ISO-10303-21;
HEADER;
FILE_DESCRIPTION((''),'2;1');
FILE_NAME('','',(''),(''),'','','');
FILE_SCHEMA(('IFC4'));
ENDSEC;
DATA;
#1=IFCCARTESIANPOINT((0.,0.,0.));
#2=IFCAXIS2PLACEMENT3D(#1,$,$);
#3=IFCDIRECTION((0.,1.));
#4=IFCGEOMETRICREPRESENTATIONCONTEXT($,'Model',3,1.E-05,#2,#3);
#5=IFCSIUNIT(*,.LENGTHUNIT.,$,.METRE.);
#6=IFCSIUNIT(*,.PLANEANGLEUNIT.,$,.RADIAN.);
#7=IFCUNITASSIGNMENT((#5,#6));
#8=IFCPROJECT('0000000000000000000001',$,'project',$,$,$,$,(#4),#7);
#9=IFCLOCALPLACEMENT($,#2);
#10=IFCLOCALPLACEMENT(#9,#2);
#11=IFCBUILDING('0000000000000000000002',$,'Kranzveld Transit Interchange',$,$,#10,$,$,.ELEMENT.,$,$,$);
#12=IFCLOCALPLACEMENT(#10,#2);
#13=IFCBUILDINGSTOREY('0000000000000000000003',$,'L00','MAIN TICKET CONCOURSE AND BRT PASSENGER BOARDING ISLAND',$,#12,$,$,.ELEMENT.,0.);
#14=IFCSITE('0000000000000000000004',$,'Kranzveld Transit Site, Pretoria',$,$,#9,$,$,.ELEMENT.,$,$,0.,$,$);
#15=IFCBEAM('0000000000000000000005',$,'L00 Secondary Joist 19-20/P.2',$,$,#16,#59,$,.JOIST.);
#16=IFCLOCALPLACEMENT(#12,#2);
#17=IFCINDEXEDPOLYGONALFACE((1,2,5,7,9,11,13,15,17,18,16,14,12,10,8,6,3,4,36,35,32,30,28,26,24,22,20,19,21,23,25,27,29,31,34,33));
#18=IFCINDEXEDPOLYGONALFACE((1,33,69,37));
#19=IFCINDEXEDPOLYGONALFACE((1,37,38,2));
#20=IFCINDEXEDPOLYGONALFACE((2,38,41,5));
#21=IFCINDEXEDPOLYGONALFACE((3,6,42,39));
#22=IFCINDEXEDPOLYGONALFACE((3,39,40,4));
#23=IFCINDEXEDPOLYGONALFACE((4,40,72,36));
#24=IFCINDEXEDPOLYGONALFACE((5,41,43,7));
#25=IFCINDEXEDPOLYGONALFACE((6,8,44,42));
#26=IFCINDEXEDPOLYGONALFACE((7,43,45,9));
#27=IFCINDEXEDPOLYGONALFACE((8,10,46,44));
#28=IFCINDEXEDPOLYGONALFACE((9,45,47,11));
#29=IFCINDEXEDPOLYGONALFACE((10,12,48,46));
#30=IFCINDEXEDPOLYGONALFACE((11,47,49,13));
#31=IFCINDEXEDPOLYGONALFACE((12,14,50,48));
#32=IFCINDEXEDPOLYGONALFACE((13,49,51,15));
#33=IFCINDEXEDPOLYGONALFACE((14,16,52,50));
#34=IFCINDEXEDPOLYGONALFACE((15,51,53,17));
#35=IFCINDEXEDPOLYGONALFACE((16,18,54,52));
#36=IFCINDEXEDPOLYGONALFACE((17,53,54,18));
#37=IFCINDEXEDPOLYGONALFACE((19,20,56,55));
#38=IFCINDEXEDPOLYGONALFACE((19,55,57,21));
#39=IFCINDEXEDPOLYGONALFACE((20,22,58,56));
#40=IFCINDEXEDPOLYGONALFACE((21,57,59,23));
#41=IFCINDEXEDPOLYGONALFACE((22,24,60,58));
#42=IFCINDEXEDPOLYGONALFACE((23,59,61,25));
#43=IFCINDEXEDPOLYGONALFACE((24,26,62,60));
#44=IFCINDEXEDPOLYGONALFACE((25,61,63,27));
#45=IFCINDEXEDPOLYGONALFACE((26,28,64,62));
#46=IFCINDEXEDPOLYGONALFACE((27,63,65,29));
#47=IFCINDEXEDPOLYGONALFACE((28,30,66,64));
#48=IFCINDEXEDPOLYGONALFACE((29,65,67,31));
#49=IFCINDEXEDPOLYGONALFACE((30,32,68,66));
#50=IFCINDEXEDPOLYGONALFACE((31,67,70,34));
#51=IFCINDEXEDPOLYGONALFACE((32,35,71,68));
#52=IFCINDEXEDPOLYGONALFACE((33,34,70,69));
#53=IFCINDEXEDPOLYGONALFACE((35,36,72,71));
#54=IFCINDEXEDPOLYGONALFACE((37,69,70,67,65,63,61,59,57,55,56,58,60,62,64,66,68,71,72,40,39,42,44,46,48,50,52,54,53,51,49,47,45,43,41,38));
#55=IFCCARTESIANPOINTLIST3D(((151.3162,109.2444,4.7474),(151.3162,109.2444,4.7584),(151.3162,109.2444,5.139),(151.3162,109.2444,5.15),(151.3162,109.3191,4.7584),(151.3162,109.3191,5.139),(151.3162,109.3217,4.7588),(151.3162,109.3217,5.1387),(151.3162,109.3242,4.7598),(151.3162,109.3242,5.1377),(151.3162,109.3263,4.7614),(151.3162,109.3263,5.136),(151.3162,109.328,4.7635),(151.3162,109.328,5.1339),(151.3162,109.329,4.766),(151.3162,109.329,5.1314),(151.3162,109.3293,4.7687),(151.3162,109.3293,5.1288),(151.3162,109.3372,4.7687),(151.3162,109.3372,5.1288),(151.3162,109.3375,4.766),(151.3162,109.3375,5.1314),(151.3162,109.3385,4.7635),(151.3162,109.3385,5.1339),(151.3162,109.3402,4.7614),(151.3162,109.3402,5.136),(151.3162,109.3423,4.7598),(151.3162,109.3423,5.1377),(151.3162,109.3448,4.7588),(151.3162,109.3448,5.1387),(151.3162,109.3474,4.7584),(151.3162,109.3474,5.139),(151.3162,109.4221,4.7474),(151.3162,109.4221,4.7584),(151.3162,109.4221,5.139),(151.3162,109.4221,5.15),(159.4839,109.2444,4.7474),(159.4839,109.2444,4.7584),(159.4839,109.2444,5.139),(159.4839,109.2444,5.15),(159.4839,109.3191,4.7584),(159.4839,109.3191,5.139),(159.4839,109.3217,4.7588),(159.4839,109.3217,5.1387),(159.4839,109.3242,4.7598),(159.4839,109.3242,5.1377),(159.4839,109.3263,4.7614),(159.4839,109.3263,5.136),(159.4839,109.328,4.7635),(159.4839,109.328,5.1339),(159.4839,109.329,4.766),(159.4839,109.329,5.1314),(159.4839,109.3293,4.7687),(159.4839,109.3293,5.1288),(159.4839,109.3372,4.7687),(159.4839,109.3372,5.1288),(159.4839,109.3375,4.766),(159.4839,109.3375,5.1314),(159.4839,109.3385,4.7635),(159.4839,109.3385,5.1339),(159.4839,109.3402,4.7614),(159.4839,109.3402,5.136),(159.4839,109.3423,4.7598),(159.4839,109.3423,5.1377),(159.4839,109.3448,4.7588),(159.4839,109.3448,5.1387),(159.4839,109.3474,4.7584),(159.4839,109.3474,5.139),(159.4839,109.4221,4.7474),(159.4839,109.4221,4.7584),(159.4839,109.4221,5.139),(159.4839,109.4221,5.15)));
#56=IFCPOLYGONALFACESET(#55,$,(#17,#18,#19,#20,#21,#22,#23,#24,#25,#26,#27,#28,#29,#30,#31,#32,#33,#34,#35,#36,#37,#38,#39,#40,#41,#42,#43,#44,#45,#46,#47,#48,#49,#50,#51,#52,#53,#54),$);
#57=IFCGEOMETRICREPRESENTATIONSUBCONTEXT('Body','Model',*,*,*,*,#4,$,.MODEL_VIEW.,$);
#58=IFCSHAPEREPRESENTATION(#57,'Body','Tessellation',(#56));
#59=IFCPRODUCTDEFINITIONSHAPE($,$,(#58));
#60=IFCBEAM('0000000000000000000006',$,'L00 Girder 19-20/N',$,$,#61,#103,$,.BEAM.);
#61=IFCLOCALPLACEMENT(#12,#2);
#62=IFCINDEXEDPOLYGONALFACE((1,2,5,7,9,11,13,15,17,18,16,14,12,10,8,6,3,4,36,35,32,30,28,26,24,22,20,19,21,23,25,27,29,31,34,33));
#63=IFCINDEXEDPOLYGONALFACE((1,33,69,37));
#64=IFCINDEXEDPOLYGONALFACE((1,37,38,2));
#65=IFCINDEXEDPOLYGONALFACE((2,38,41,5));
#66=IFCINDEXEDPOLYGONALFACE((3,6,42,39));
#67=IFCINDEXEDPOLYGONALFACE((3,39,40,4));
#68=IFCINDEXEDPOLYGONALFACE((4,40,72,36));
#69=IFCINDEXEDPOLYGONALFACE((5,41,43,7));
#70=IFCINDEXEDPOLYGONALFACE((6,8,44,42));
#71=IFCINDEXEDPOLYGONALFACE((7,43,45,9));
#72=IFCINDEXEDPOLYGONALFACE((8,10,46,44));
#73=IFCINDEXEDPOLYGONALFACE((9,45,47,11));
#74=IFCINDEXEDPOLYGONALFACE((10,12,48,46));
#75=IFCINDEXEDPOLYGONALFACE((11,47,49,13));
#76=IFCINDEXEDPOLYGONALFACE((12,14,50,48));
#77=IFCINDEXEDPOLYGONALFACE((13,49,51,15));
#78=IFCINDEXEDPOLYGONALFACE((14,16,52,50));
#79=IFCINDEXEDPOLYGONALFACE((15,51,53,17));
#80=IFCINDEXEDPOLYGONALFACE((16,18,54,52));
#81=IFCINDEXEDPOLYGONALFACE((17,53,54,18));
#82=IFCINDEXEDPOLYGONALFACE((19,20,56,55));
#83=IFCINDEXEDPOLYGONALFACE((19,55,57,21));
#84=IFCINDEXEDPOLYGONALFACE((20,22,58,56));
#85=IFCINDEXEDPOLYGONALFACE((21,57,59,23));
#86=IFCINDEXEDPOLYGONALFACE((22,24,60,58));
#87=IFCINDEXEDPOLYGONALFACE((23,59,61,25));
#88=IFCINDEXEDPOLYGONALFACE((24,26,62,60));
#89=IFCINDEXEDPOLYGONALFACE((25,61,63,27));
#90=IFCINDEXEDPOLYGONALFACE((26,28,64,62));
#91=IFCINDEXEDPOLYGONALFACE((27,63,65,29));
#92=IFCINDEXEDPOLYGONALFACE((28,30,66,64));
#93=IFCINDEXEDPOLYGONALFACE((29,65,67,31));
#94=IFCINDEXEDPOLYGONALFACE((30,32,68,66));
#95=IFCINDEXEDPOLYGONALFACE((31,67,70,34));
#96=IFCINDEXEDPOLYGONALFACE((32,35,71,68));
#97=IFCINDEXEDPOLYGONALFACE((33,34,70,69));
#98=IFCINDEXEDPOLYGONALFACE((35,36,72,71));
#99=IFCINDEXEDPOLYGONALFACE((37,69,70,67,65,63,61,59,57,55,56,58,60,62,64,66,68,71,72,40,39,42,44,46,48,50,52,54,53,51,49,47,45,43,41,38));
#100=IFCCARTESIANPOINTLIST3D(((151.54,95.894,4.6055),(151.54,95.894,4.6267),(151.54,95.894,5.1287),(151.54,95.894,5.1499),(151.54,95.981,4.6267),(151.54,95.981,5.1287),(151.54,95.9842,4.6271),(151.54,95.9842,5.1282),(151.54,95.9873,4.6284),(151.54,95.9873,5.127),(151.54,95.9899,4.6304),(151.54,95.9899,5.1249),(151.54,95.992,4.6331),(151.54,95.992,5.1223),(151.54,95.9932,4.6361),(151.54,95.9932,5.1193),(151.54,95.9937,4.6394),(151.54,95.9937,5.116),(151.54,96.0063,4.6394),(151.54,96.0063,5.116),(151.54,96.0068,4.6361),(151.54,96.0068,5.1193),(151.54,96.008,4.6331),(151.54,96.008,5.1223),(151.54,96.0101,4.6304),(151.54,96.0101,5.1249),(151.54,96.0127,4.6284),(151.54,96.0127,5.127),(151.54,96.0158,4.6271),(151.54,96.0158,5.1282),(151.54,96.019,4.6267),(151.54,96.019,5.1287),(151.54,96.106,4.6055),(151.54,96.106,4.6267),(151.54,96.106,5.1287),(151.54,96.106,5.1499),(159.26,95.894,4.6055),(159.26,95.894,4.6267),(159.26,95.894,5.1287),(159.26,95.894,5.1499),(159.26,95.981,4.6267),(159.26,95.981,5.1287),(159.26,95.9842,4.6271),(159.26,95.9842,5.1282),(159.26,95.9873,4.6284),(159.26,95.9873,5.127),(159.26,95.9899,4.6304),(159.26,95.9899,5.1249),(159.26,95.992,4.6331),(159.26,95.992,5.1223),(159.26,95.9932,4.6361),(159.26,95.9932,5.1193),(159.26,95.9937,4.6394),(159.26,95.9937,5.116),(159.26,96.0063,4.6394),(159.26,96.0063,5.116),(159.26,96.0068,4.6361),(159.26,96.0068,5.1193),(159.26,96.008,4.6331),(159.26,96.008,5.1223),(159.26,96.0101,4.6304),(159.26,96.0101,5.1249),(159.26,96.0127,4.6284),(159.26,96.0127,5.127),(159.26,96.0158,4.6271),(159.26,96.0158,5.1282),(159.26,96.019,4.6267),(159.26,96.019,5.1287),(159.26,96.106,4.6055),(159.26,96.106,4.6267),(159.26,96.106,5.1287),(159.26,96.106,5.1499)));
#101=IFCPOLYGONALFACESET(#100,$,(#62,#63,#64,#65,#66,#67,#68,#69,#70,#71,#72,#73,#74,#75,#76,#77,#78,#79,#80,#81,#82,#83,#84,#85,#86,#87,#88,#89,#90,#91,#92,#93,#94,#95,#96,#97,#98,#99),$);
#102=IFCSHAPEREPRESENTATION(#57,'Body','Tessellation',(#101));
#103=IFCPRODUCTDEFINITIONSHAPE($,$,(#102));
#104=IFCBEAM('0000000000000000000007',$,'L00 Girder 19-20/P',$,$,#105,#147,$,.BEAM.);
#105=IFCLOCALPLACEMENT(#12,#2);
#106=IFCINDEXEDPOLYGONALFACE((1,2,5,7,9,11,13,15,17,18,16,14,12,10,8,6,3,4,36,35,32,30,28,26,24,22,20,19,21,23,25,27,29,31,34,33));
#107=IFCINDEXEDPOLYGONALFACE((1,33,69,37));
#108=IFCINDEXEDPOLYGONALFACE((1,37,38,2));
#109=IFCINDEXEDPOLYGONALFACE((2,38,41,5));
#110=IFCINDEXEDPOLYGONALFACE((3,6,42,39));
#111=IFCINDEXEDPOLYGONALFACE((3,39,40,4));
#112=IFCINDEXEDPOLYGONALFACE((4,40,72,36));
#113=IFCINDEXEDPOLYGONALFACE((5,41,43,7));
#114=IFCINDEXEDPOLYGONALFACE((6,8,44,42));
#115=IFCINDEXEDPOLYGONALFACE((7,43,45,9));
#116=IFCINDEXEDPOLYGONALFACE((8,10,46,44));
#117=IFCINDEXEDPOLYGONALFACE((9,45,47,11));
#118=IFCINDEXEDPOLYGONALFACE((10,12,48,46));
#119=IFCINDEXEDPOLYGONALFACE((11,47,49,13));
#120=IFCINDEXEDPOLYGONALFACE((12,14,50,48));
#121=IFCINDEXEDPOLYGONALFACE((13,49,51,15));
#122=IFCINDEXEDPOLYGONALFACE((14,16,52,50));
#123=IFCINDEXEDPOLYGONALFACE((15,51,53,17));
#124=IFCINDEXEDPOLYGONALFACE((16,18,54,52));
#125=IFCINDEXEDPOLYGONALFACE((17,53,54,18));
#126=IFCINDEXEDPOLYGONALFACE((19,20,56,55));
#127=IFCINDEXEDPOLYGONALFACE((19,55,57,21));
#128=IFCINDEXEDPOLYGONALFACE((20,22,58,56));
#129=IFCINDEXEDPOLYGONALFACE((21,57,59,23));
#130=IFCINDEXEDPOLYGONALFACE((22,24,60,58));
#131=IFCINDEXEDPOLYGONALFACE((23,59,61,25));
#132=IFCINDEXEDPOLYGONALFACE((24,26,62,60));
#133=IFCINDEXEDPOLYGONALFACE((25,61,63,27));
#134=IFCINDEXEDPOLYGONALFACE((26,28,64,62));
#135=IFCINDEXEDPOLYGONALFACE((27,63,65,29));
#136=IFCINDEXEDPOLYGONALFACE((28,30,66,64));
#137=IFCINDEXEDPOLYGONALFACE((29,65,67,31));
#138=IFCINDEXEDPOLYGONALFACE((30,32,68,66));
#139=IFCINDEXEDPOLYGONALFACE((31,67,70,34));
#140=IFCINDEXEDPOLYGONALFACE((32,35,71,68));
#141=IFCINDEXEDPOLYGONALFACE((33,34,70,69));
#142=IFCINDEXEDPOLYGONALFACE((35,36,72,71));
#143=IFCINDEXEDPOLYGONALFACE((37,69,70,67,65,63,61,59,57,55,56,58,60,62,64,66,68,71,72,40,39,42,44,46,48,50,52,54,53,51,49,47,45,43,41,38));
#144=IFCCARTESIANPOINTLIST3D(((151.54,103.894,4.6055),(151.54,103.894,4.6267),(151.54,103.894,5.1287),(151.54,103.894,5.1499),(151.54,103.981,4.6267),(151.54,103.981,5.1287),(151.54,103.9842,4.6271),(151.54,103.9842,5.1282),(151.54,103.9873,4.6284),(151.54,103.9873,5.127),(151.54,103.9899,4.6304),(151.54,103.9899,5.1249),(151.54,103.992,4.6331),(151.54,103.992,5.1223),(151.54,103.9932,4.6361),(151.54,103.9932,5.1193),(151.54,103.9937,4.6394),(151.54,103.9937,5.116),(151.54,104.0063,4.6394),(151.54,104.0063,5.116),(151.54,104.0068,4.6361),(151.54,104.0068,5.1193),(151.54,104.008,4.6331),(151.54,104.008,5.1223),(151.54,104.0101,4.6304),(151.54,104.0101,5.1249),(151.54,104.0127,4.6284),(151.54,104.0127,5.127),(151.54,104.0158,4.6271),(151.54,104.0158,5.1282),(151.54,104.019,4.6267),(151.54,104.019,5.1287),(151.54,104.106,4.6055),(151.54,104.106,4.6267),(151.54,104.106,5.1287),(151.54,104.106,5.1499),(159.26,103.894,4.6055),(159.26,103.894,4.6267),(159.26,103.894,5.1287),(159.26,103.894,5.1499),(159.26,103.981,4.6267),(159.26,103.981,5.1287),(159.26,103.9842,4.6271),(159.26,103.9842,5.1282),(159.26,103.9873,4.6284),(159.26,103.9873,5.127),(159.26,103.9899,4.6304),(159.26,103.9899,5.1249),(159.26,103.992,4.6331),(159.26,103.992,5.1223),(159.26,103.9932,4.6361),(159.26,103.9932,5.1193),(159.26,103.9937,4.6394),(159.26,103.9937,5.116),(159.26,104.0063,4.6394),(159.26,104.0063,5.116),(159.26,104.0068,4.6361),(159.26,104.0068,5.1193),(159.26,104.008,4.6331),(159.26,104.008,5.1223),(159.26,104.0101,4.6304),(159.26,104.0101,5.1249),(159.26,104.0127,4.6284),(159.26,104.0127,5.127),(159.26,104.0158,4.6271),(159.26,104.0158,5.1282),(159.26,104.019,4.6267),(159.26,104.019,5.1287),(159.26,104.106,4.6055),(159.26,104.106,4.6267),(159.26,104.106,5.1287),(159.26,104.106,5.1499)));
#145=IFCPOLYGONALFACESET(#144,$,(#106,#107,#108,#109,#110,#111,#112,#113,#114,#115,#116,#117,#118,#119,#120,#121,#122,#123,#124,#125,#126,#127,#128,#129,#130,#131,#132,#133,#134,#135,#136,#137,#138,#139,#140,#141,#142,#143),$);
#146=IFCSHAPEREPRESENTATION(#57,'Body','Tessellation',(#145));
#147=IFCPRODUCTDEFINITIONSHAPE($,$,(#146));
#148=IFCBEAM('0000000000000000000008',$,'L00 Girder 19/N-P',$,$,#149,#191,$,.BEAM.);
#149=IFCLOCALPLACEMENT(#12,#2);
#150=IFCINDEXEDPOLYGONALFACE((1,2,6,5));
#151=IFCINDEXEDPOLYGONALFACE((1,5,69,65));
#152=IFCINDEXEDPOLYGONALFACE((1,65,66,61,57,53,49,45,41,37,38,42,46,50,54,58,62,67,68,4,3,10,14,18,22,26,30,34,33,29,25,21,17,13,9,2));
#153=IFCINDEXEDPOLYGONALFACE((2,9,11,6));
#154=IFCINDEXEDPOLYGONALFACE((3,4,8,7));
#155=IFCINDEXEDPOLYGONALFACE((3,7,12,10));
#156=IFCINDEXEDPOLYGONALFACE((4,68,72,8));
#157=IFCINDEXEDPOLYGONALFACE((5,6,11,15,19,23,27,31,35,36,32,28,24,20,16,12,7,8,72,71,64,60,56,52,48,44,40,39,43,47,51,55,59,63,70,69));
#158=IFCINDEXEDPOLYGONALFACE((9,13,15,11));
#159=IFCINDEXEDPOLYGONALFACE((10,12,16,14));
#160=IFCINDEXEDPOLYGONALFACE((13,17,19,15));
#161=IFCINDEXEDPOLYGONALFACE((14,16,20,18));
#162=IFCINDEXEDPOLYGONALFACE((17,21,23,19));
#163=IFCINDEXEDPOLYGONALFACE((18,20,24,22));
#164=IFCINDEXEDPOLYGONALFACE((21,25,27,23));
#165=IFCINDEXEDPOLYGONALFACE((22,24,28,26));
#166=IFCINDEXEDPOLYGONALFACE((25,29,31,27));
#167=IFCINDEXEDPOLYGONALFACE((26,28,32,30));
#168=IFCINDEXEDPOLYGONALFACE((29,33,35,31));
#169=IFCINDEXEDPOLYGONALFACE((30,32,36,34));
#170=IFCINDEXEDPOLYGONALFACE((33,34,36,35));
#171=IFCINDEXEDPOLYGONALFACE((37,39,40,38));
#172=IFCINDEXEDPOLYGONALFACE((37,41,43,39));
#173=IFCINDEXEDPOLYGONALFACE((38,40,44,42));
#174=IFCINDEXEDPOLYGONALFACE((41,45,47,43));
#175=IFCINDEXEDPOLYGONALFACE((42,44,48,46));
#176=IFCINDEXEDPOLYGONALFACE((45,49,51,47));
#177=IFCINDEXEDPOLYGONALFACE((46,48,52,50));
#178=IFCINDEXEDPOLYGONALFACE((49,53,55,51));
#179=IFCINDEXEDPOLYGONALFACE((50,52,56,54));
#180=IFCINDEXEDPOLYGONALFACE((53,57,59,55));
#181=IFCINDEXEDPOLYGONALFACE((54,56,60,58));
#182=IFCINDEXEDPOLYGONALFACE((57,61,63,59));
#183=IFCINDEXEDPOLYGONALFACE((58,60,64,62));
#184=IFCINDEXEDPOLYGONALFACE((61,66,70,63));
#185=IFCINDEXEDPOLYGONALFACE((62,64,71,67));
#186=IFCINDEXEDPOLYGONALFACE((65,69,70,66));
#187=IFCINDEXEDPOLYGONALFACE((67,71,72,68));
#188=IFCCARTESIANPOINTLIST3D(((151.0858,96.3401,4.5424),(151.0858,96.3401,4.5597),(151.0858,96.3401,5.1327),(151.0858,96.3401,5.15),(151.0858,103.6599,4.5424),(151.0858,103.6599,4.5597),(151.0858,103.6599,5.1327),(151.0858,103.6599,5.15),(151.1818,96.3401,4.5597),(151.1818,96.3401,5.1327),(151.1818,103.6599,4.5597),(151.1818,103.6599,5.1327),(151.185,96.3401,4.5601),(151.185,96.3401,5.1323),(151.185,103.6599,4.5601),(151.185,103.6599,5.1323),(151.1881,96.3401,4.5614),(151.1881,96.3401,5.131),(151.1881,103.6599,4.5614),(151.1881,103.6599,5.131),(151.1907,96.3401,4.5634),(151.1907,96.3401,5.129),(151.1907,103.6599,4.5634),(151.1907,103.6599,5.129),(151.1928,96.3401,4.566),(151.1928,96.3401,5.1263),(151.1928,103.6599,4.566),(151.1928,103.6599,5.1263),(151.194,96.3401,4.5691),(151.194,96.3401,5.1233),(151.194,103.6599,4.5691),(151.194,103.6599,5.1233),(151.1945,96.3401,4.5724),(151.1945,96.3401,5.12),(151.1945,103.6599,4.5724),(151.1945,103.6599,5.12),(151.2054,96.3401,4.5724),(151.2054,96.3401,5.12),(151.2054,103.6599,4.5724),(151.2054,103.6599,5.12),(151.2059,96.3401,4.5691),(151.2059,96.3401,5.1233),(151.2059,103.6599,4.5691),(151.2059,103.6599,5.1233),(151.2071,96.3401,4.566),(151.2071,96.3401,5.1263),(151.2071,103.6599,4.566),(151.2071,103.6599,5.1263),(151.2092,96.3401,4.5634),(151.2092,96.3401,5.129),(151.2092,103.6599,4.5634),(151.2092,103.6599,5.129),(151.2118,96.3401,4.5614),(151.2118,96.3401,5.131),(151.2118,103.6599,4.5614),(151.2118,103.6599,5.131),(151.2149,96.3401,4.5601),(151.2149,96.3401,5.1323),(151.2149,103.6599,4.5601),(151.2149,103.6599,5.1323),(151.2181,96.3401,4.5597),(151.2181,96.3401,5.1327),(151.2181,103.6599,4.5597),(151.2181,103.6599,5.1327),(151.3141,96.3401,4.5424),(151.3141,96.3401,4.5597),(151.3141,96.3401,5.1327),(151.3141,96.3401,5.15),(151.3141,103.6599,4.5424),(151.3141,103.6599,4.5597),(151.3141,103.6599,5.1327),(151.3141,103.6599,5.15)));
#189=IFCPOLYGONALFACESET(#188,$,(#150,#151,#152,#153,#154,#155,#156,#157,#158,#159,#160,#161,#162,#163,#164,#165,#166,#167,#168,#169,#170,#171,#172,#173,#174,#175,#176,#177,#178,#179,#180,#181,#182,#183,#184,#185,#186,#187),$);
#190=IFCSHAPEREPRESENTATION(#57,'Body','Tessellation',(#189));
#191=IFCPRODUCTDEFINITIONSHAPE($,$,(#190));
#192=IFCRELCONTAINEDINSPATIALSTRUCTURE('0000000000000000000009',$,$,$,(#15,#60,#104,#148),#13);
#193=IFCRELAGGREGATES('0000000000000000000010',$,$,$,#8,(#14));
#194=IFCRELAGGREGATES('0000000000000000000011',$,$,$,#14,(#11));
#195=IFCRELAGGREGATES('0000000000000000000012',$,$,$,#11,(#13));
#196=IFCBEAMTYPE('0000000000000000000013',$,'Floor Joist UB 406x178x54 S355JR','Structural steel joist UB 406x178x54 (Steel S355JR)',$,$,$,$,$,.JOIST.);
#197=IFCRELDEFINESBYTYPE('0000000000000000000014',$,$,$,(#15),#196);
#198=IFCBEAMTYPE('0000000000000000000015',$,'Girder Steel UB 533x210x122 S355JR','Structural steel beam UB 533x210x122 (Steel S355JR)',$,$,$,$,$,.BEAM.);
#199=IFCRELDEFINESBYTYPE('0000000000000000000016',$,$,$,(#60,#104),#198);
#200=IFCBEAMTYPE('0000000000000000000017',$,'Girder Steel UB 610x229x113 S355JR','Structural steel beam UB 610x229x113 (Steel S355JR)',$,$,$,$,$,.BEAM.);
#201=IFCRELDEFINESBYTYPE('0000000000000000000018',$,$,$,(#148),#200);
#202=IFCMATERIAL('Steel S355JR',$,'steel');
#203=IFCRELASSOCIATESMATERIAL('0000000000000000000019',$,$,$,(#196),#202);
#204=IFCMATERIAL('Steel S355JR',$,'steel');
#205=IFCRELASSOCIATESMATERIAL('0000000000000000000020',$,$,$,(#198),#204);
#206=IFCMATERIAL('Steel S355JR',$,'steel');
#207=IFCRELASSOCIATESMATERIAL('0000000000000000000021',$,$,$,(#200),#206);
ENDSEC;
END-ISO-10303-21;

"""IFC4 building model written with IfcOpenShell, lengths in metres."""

from ifc_helpers import new_model, si_unit, direction, frame, origin, origin_2d, place, context, subcontext, project, spatial, i_section, extrude, material, material_profile, profile_set, type_object, element, save


model = new_model("IFC4")

# Units and contexts
model_context = context("Model", 3, precision=1e-05, world=origin(), true_north=direction((0.0, 1.0)))
body_context = subcontext(model_context, "Body", "Model", "MODEL_VIEW")
ifc_project = project(units=[si_unit("LENGTHUNIT", "METRE"), si_unit("PLANEANGLEUNIT", "RADIAN")], contexts=[model_context])

# Site, building, storey
site_placement = place(None, origin())
site = spatial("IfcSite", under=ifc_project, at=site_placement, Name="Kranzveld Transit Site, Pretoria", CompositionType="ELEMENT", RefElevation=0.0)
building_placement = place(site_placement, origin())
building = spatial("IfcBuilding", under=site, at=building_placement, Name="Kranzveld Transit Interchange", CompositionType="ELEMENT")
storey_placement = place(building_placement, origin())
storey = spatial("IfcBuildingStorey", under=building, at=storey_placement, Name="L00", Description="MAIN TICKET CONCOURSE AND BRT PASSENGER BOARDING ISLAND", CompositionType="ELEMENT", Elevation=0.0)

# Beams
ifc_material_1 = material(Name="Steel S355JR", Category="steel")
ifc_material_profile_1 = material_profile(ifc_material_1, i_section(OverallWidth=0.1777, OverallDepth=0.4026, WebThickness=0.0078, FlangeThickness=0.011, FilletRadius=0.0103, at=origin_2d()), Name="UB 406x178x54")
ifc_profile_set_1 = profile_set([ifc_material_profile_1], Name="Steel S355JR")
beam_type_1 = type_object("IfcBeamType", Name="Floor Joist UB 406x178x54 S355JR", Description="Structural steel joist UB 406x178x54 (Steel S355JR)", PredefinedType="JOIST", material=ifc_profile_set_1)
for number, where, z_axis, x_axis, name in (
    (1, (151.3162, 109.3333, 4.9487), (1.0, 0.0, 0.0), (0.0, 1.0, 0.0), "L00 Secondary Joist 19-20/P.2"),
):
    element("IfcBeam", number, at=place(storey_placement, frame(where, z_axis=z_axis, x_axis=x_axis)), inside=storey, type_object=beam_type_1, Name=name, PredefinedType="JOIST", context=body_context, shape_type="SweptSolid", body=[
        extrude(i_section(OverallWidth=0.1777, OverallDepth=0.4026, WebThickness=0.0078, FlangeThickness=0.011, FilletRadius=0.0103, at=origin_2d()), origin(), (0.0, 0.0, 1.0), 8.1677),
    ])
ifc_material_2 = material(Name="Steel S355JR", Category="steel")
ifc_material_profile_2 = material_profile(ifc_material_2, i_section(OverallWidth=0.2119, OverallDepth=0.5444, WebThickness=0.0127, FlangeThickness=0.0212, FilletRadius=0.0127, at=origin_2d()), Name="UB 533x210x122")
ifc_profile_set_2 = profile_set([ifc_material_profile_2], Name="Steel S355JR")
beam_type_2 = type_object("IfcBeamType", Name="Girder Steel UB 533x210x122 S355JR", Description="Structural steel beam UB 533x210x122 (Steel S355JR)", PredefinedType="BEAM", material=ifc_profile_set_2)
for number, where, z_axis, x_axis, name in (
    (2, (151.54, 96.0, 4.8777), (1.0, 0.0, 0.0), (0.0, 1.0, 0.0), "L00 Girder 19-20/N"),
    (3, (151.54, 104.0, 4.8777), (1.0, 0.0, 0.0), (0.0, 1.0, 0.0), "L00 Girder 19-20/P"),
):
    element("IfcBeam", number, at=place(storey_placement, frame(where, z_axis=z_axis, x_axis=x_axis)), inside=storey, type_object=beam_type_2, Name=name, PredefinedType="BEAM", context=body_context, shape_type="SweptSolid", body=[
        extrude(i_section(OverallWidth=0.2119, OverallDepth=0.5444, WebThickness=0.0127, FlangeThickness=0.0212, FilletRadius=0.0127, at=origin_2d()), origin(), (0.0, 0.0, 1.0), 7.72),
    ])
ifc_material_3 = material(Name="Steel S355JR", Category="steel")
ifc_material_profile_3 = material_profile(ifc_material_3, i_section(OverallWidth=0.2283, OverallDepth=0.6077, WebThickness=0.011, FlangeThickness=0.0173, FilletRadius=0.0127, at=origin_2d()), Name="UB 610x229x113")
ifc_profile_set_3 = profile_set([ifc_material_profile_3], Name="Steel S355JR")
beam_type_3 = type_object("IfcBeamType", Name="Girder Steel UB 610x229x113 S355JR", Description="Structural steel beam UB 610x229x113 (Steel S355JR)", PredefinedType="BEAM", material=ifc_profile_set_3)
for number, where, z_axis, x_axis, name in (
    (4, (151.2, 96.3401, 4.8462), (0.0, 1.0, 0.0), (-1.0, 0.0, 0.0), "L00 Girder 19/N-P"),
):
    element("IfcBeam", number, at=place(storey_placement, frame(where, z_axis=z_axis, x_axis=x_axis)), inside=storey, type_object=beam_type_3, Name=name, PredefinedType="BEAM", context=body_context, shape_type="SweptSolid", body=[
        extrude(i_section(OverallWidth=0.2283, OverallDepth=0.6077, WebThickness=0.011, FlangeThickness=0.0173, FilletRadius=0.0127, at=origin_2d()), origin(), (0.0, 0.0, 1.0), 7.3198),
    ])

save(model, "model.ifc")
